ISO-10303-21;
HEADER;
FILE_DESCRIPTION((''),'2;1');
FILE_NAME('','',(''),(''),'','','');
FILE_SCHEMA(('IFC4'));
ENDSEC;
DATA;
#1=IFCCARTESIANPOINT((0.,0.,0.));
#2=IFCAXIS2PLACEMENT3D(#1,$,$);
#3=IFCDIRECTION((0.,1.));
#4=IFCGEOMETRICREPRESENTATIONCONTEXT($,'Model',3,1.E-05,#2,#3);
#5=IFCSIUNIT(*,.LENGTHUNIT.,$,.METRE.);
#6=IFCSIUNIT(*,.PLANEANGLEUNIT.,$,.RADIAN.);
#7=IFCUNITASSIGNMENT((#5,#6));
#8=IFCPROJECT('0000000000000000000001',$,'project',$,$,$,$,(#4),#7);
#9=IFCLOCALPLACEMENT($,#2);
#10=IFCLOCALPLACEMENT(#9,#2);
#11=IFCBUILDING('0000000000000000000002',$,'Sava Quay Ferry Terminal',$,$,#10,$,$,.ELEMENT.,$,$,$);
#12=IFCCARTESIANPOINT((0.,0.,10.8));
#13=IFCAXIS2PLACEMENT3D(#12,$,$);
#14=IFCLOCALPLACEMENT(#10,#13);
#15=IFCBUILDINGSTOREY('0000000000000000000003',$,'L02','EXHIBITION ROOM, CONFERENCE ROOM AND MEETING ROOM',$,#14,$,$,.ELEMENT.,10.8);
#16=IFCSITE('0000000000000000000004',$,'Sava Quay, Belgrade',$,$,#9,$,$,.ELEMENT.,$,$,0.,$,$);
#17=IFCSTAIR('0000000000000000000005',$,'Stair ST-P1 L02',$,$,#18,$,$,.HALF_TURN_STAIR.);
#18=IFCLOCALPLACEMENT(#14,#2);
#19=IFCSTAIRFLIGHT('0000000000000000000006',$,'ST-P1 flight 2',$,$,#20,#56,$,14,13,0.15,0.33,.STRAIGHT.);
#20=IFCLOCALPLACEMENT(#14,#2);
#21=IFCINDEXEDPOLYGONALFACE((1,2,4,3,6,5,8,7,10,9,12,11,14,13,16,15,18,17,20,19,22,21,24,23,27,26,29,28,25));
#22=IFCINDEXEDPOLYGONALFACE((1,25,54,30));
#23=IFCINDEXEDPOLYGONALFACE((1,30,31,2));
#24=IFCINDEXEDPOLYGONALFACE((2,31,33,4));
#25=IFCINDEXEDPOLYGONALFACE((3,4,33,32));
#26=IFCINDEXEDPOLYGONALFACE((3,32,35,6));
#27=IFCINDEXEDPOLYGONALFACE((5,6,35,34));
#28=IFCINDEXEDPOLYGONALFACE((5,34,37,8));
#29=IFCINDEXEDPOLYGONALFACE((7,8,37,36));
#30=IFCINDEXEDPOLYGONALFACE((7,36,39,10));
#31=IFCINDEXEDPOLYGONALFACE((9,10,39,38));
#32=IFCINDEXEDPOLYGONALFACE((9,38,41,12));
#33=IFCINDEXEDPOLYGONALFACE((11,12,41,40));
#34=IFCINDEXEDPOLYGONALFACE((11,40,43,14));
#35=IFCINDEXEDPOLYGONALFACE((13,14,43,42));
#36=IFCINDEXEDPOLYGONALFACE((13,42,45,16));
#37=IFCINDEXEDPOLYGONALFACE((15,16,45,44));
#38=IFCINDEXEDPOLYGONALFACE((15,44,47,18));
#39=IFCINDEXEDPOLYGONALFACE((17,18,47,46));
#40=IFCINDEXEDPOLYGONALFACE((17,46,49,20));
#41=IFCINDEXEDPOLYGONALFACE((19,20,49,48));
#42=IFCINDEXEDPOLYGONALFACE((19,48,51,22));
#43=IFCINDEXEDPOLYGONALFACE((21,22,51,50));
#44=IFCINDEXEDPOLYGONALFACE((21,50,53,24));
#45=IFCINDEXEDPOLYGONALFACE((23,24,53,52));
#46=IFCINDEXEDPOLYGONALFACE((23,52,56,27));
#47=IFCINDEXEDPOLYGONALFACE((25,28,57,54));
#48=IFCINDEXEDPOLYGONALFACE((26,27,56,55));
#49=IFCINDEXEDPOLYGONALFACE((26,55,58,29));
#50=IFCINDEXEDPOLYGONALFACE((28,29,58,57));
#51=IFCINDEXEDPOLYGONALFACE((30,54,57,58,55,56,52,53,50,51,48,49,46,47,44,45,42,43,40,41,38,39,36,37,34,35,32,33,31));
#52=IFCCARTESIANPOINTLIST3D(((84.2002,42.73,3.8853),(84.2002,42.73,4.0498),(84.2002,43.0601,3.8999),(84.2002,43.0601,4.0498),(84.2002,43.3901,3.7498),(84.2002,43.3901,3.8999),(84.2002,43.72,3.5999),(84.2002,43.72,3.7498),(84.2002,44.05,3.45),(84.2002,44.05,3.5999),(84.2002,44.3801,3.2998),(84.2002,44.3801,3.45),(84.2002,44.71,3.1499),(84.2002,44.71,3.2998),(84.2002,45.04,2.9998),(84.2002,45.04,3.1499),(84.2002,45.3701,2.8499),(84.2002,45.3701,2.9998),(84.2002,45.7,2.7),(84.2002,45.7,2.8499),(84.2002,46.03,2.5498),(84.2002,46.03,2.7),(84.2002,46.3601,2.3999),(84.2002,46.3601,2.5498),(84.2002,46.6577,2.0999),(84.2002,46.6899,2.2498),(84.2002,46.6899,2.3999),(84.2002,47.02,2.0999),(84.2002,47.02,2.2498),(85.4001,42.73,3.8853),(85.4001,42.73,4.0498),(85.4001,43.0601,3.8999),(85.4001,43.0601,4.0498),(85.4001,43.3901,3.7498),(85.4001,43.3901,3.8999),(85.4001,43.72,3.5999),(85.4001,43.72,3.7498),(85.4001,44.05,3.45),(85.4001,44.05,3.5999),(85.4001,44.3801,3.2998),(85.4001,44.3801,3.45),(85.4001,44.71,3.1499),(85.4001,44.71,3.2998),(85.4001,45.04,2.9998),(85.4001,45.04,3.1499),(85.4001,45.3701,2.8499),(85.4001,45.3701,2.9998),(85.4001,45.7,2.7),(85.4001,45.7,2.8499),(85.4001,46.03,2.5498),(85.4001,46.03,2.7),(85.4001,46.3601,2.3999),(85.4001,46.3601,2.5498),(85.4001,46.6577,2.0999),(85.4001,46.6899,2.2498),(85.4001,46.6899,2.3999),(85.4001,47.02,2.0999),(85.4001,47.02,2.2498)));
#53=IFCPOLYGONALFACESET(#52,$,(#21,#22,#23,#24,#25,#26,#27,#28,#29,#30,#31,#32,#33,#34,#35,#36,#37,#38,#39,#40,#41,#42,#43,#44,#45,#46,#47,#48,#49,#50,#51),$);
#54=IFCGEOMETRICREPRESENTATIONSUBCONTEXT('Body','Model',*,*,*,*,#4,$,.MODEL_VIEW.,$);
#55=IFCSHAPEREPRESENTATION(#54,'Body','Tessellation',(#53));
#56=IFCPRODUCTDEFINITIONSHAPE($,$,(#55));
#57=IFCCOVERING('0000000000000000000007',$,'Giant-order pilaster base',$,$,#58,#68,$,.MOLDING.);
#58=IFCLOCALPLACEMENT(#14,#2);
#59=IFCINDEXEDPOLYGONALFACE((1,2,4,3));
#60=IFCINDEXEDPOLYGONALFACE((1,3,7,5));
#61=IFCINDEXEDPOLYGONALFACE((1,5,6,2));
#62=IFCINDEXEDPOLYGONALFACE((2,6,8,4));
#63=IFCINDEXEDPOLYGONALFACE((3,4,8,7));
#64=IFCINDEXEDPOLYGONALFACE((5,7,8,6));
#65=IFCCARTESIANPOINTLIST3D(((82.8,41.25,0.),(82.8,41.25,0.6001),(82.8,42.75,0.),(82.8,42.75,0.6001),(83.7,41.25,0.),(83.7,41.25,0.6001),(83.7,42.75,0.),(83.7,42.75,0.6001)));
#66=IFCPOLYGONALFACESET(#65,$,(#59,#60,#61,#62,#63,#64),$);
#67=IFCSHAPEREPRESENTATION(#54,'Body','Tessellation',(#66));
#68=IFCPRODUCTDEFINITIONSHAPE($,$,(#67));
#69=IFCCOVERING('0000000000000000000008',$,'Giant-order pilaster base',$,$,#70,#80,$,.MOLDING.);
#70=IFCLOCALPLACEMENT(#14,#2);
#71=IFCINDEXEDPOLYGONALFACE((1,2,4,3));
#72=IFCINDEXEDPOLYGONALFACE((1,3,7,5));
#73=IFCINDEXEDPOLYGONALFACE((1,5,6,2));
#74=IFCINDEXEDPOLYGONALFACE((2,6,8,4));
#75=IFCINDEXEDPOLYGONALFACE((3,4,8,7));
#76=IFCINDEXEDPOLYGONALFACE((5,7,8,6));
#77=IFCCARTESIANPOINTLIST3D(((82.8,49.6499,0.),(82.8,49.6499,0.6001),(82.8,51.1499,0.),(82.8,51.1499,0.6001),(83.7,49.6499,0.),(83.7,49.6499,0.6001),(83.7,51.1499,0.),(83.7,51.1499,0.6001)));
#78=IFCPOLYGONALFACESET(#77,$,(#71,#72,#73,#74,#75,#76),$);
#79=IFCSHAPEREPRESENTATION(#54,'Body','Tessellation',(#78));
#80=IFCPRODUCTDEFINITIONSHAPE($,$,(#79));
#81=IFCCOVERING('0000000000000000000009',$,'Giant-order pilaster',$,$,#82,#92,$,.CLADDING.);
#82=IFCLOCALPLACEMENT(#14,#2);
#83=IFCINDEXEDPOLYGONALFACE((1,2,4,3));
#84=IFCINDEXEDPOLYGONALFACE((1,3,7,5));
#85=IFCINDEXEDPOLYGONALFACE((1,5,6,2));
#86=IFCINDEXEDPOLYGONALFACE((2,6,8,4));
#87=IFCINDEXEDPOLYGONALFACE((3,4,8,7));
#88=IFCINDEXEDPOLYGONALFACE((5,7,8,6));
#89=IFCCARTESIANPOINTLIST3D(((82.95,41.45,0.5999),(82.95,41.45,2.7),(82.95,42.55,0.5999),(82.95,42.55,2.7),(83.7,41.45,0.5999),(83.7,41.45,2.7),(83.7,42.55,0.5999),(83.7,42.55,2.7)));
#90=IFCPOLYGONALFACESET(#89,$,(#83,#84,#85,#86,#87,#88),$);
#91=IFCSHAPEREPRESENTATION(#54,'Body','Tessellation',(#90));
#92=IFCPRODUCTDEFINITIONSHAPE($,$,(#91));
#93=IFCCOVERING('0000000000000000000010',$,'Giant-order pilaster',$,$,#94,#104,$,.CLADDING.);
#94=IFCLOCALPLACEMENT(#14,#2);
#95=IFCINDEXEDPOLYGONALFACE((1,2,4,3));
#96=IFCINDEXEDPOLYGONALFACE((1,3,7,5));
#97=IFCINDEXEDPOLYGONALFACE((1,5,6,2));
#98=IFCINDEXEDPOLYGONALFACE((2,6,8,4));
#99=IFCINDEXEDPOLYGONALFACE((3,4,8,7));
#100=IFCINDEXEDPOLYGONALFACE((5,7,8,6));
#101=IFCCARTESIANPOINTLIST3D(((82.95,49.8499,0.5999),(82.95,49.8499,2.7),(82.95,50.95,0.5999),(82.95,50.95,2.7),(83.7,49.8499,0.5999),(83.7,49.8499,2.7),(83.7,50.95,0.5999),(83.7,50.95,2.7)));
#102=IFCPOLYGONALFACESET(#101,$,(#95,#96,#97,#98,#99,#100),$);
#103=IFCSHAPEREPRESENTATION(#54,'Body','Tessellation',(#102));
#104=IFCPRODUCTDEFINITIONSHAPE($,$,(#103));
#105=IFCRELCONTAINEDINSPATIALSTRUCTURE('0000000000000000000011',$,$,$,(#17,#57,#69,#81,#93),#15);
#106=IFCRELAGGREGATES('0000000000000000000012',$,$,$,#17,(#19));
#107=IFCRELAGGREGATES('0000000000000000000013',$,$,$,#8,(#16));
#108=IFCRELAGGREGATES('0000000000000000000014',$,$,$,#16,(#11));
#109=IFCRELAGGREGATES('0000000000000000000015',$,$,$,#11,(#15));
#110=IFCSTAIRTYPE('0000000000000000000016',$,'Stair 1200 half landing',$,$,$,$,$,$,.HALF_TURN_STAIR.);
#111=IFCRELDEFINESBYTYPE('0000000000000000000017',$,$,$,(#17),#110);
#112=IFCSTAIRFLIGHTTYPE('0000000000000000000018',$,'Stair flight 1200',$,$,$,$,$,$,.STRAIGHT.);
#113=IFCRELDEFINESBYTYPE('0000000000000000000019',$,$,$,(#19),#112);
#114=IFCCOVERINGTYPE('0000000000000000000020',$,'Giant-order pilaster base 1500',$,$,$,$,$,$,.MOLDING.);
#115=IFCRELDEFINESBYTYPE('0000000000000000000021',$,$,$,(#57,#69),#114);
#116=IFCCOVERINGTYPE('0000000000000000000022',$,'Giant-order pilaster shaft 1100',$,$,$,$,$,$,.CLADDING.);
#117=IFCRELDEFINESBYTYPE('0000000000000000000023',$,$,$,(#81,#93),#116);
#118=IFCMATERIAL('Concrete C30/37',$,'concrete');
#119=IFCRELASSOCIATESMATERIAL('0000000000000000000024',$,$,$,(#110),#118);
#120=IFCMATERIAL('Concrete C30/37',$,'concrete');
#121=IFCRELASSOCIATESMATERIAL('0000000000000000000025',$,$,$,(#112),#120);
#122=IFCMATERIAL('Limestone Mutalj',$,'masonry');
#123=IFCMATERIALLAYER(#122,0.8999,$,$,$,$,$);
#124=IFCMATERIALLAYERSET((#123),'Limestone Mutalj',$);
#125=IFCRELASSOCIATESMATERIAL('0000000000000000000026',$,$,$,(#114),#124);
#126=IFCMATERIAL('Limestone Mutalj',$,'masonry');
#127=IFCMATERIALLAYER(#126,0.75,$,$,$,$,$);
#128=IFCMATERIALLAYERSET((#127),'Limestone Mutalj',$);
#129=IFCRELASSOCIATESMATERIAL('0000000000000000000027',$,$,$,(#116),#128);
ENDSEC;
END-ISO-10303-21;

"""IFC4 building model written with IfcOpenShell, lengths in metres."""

from ifc_helpers import new_model, si_unit, direction, frame, origin, origin_2d, place, context, subcontext, project, spatial, polyline, rectangle, outline, extrude, material, layer, layer_set, type_object, element, aggregate, save


model = new_model("IFC4")

# Units and contexts
model_context = context("Model", 3, precision=1e-05, world=origin(), true_north=direction((0.0, 1.0)))
body_context = subcontext(model_context, "Body", "Model", "MODEL_VIEW")
ifc_project = project(units=[si_unit("LENGTHUNIT", "METRE"), si_unit("PLANEANGLEUNIT", "RADIAN")], contexts=[model_context])

# Site, building, storey
site_placement = place(None, origin())
site = spatial("IfcSite", under=ifc_project, at=site_placement, Name="Sava Quay, Belgrade", CompositionType="ELEMENT", RefElevation=0.0)
building_placement = place(site_placement, origin())
building = spatial("IfcBuilding", under=site, at=building_placement, Name="Sava Quay Ferry Terminal", CompositionType="ELEMENT")
storey_placement = place(building_placement, frame((0.0, 0.0, 10.8)))
storey = spatial("IfcBuildingStorey", under=building, at=storey_placement, Name="L02", Description="EXHIBITION ROOM, CONFERENCE ROOM AND MEETING ROOM", CompositionType="ELEMENT", Elevation=10.8)

# Stair, stair flight
ifc_material_1 = material(Name="Concrete C30/37", Category="concrete")
stair_type = type_object("IfcStairType", Name="Stair 1200 half landing", PredefinedType="HALF_TURN_STAIR", material=ifc_material_1)
stair_placement = place(storey_placement, origin())
stair = element("IfcStair", 1, at=stair_placement, inside=storey, type_object=stair_type, Name="Stair ST-P1 L02", PredefinedType="HALF_TURN_STAIR")
ifc_material_2 = material(Name="Concrete C30/37", Category="concrete")
stair_flight_type = type_object("IfcStairFlightType", Name="Stair flight 1200", PredefinedType="STRAIGHT", material=ifc_material_2)
stair_flight_1_placement = place(storey_placement, frame((84.8, 47.02, 2.0999), z_axis=(0.0, 0.0, 1.0), x_axis=(0.0, -1.0, 0.0)))
stair_flight_1 = element("IfcStairFlight", 2, at=stair_flight_1_placement, type_object=stair_flight_type, Name="ST-P1 flight 2", NumberOfRisers=14, NumberOfTreads=13, PredefinedType="STRAIGHT", RiserHeight=0.15, TreadLength=0.33, context=body_context, shape_type="SweptSolid", body=[
    extrude(outline(polyline([(0.0, 0.0), (0.0, 0.1499), (0.3301, 0.1499), (0.3301, 0.3), (0.6599, 0.3), (0.6599, 0.45), (0.99, 0.45), (0.99, 0.6001), (1.3201, 0.6001), (1.3201, 0.75), (1.6499, 0.75), (1.6499, 0.8999), (1.98, 0.8999), (1.98, 1.05), (2.3101, 1.05), (2.3101, 1.2), (2.6399, 1.2), (2.6399, 1.3501), (2.97, 1.3501), (2.97, 1.5), (3.3, 1.5), (3.3, 1.6499), (3.6299, 1.6499), (3.6299, 1.8), (3.96, 1.8), (3.96, 1.95), (4.29, 1.95), (4.29, 2.1001), (4.29, 1.7854), (0.3623, 0.0), (0.0, 0.0)])), frame((0.0, 0.6001, 0.0), z_axis=(0.0, -1.0, 0.0), x_axis=(1.0, 0.0, 0.0)), (0.0, 0.0, 1.0), 1.2),
])
aggregate(stair, [stair_flight_1])

# Coverings
ifc_material_3 = material(Name="Limestone Mutalj", Category="masonry")
ifc_layer_1 = layer(ifc_material_3, 0.8999)
ifc_layer_set_1 = layer_set([ifc_layer_1], Name="Limestone Mutalj")
covering_type_1 = type_object("IfcCoveringType", Name="Giant-order pilaster base 1500", PredefinedType="MOLDING", material=ifc_layer_set_1)
for number, where, z_axis, x_axis, name in (
    (3, (83.25, 42.0, 0.0), (0.0, 0.0, 1.0), (1.0, 0.0, 0.0), "Giant-order pilaster base"),
    (4, (83.25, 50.3999, 0.0), (0.0, 0.0, 1.0), (1.0, 0.0, 0.0), "Giant-order pilaster base"),
):
    element("IfcCovering", number, at=place(storey_placement, frame(where, z_axis=z_axis, x_axis=x_axis)), inside=storey, type_object=covering_type_1, Name=name, PredefinedType="MOLDING", context=body_context, shape_type="SweptSolid", body=[
        extrude(rectangle(XDim=0.8999, YDim=1.5, at=origin_2d()), origin(), (0.0, 0.0, 1.0), 0.6001),
    ])
ifc_material_4 = material(Name="Limestone Mutalj", Category="masonry")
ifc_layer_2 = layer(ifc_material_4, 0.75)
ifc_layer_set_2 = layer_set([ifc_layer_2], Name="Limestone Mutalj")
covering_type_2 = type_object("IfcCoveringType", Name="Giant-order pilaster shaft 1100", PredefinedType="CLADDING", material=ifc_layer_set_2)
for number, where, z_axis, x_axis, name in (
    (5, (83.325, 42.0, 0.5999), (0.0, 0.0, 1.0), (1.0, 0.0, 0.0), "Giant-order pilaster"),
    (6, (83.325, 50.3999, 0.5999), (0.0, 0.0, 1.0), (1.0, 0.0, 0.0), "Giant-order pilaster"),
):
    element("IfcCovering", number, at=place(storey_placement, frame(where, z_axis=z_axis, x_axis=x_axis)), inside=storey, type_object=covering_type_2, Name=name, PredefinedType="CLADDING", context=body_context, shape_type="SweptSolid", body=[
        extrude(rectangle(XDim=0.75, YDim=1.1001, at=origin_2d()), origin(), (0.0, 0.0, 1.0), 2.1001),
    ])

save(model, "model.ifc")
